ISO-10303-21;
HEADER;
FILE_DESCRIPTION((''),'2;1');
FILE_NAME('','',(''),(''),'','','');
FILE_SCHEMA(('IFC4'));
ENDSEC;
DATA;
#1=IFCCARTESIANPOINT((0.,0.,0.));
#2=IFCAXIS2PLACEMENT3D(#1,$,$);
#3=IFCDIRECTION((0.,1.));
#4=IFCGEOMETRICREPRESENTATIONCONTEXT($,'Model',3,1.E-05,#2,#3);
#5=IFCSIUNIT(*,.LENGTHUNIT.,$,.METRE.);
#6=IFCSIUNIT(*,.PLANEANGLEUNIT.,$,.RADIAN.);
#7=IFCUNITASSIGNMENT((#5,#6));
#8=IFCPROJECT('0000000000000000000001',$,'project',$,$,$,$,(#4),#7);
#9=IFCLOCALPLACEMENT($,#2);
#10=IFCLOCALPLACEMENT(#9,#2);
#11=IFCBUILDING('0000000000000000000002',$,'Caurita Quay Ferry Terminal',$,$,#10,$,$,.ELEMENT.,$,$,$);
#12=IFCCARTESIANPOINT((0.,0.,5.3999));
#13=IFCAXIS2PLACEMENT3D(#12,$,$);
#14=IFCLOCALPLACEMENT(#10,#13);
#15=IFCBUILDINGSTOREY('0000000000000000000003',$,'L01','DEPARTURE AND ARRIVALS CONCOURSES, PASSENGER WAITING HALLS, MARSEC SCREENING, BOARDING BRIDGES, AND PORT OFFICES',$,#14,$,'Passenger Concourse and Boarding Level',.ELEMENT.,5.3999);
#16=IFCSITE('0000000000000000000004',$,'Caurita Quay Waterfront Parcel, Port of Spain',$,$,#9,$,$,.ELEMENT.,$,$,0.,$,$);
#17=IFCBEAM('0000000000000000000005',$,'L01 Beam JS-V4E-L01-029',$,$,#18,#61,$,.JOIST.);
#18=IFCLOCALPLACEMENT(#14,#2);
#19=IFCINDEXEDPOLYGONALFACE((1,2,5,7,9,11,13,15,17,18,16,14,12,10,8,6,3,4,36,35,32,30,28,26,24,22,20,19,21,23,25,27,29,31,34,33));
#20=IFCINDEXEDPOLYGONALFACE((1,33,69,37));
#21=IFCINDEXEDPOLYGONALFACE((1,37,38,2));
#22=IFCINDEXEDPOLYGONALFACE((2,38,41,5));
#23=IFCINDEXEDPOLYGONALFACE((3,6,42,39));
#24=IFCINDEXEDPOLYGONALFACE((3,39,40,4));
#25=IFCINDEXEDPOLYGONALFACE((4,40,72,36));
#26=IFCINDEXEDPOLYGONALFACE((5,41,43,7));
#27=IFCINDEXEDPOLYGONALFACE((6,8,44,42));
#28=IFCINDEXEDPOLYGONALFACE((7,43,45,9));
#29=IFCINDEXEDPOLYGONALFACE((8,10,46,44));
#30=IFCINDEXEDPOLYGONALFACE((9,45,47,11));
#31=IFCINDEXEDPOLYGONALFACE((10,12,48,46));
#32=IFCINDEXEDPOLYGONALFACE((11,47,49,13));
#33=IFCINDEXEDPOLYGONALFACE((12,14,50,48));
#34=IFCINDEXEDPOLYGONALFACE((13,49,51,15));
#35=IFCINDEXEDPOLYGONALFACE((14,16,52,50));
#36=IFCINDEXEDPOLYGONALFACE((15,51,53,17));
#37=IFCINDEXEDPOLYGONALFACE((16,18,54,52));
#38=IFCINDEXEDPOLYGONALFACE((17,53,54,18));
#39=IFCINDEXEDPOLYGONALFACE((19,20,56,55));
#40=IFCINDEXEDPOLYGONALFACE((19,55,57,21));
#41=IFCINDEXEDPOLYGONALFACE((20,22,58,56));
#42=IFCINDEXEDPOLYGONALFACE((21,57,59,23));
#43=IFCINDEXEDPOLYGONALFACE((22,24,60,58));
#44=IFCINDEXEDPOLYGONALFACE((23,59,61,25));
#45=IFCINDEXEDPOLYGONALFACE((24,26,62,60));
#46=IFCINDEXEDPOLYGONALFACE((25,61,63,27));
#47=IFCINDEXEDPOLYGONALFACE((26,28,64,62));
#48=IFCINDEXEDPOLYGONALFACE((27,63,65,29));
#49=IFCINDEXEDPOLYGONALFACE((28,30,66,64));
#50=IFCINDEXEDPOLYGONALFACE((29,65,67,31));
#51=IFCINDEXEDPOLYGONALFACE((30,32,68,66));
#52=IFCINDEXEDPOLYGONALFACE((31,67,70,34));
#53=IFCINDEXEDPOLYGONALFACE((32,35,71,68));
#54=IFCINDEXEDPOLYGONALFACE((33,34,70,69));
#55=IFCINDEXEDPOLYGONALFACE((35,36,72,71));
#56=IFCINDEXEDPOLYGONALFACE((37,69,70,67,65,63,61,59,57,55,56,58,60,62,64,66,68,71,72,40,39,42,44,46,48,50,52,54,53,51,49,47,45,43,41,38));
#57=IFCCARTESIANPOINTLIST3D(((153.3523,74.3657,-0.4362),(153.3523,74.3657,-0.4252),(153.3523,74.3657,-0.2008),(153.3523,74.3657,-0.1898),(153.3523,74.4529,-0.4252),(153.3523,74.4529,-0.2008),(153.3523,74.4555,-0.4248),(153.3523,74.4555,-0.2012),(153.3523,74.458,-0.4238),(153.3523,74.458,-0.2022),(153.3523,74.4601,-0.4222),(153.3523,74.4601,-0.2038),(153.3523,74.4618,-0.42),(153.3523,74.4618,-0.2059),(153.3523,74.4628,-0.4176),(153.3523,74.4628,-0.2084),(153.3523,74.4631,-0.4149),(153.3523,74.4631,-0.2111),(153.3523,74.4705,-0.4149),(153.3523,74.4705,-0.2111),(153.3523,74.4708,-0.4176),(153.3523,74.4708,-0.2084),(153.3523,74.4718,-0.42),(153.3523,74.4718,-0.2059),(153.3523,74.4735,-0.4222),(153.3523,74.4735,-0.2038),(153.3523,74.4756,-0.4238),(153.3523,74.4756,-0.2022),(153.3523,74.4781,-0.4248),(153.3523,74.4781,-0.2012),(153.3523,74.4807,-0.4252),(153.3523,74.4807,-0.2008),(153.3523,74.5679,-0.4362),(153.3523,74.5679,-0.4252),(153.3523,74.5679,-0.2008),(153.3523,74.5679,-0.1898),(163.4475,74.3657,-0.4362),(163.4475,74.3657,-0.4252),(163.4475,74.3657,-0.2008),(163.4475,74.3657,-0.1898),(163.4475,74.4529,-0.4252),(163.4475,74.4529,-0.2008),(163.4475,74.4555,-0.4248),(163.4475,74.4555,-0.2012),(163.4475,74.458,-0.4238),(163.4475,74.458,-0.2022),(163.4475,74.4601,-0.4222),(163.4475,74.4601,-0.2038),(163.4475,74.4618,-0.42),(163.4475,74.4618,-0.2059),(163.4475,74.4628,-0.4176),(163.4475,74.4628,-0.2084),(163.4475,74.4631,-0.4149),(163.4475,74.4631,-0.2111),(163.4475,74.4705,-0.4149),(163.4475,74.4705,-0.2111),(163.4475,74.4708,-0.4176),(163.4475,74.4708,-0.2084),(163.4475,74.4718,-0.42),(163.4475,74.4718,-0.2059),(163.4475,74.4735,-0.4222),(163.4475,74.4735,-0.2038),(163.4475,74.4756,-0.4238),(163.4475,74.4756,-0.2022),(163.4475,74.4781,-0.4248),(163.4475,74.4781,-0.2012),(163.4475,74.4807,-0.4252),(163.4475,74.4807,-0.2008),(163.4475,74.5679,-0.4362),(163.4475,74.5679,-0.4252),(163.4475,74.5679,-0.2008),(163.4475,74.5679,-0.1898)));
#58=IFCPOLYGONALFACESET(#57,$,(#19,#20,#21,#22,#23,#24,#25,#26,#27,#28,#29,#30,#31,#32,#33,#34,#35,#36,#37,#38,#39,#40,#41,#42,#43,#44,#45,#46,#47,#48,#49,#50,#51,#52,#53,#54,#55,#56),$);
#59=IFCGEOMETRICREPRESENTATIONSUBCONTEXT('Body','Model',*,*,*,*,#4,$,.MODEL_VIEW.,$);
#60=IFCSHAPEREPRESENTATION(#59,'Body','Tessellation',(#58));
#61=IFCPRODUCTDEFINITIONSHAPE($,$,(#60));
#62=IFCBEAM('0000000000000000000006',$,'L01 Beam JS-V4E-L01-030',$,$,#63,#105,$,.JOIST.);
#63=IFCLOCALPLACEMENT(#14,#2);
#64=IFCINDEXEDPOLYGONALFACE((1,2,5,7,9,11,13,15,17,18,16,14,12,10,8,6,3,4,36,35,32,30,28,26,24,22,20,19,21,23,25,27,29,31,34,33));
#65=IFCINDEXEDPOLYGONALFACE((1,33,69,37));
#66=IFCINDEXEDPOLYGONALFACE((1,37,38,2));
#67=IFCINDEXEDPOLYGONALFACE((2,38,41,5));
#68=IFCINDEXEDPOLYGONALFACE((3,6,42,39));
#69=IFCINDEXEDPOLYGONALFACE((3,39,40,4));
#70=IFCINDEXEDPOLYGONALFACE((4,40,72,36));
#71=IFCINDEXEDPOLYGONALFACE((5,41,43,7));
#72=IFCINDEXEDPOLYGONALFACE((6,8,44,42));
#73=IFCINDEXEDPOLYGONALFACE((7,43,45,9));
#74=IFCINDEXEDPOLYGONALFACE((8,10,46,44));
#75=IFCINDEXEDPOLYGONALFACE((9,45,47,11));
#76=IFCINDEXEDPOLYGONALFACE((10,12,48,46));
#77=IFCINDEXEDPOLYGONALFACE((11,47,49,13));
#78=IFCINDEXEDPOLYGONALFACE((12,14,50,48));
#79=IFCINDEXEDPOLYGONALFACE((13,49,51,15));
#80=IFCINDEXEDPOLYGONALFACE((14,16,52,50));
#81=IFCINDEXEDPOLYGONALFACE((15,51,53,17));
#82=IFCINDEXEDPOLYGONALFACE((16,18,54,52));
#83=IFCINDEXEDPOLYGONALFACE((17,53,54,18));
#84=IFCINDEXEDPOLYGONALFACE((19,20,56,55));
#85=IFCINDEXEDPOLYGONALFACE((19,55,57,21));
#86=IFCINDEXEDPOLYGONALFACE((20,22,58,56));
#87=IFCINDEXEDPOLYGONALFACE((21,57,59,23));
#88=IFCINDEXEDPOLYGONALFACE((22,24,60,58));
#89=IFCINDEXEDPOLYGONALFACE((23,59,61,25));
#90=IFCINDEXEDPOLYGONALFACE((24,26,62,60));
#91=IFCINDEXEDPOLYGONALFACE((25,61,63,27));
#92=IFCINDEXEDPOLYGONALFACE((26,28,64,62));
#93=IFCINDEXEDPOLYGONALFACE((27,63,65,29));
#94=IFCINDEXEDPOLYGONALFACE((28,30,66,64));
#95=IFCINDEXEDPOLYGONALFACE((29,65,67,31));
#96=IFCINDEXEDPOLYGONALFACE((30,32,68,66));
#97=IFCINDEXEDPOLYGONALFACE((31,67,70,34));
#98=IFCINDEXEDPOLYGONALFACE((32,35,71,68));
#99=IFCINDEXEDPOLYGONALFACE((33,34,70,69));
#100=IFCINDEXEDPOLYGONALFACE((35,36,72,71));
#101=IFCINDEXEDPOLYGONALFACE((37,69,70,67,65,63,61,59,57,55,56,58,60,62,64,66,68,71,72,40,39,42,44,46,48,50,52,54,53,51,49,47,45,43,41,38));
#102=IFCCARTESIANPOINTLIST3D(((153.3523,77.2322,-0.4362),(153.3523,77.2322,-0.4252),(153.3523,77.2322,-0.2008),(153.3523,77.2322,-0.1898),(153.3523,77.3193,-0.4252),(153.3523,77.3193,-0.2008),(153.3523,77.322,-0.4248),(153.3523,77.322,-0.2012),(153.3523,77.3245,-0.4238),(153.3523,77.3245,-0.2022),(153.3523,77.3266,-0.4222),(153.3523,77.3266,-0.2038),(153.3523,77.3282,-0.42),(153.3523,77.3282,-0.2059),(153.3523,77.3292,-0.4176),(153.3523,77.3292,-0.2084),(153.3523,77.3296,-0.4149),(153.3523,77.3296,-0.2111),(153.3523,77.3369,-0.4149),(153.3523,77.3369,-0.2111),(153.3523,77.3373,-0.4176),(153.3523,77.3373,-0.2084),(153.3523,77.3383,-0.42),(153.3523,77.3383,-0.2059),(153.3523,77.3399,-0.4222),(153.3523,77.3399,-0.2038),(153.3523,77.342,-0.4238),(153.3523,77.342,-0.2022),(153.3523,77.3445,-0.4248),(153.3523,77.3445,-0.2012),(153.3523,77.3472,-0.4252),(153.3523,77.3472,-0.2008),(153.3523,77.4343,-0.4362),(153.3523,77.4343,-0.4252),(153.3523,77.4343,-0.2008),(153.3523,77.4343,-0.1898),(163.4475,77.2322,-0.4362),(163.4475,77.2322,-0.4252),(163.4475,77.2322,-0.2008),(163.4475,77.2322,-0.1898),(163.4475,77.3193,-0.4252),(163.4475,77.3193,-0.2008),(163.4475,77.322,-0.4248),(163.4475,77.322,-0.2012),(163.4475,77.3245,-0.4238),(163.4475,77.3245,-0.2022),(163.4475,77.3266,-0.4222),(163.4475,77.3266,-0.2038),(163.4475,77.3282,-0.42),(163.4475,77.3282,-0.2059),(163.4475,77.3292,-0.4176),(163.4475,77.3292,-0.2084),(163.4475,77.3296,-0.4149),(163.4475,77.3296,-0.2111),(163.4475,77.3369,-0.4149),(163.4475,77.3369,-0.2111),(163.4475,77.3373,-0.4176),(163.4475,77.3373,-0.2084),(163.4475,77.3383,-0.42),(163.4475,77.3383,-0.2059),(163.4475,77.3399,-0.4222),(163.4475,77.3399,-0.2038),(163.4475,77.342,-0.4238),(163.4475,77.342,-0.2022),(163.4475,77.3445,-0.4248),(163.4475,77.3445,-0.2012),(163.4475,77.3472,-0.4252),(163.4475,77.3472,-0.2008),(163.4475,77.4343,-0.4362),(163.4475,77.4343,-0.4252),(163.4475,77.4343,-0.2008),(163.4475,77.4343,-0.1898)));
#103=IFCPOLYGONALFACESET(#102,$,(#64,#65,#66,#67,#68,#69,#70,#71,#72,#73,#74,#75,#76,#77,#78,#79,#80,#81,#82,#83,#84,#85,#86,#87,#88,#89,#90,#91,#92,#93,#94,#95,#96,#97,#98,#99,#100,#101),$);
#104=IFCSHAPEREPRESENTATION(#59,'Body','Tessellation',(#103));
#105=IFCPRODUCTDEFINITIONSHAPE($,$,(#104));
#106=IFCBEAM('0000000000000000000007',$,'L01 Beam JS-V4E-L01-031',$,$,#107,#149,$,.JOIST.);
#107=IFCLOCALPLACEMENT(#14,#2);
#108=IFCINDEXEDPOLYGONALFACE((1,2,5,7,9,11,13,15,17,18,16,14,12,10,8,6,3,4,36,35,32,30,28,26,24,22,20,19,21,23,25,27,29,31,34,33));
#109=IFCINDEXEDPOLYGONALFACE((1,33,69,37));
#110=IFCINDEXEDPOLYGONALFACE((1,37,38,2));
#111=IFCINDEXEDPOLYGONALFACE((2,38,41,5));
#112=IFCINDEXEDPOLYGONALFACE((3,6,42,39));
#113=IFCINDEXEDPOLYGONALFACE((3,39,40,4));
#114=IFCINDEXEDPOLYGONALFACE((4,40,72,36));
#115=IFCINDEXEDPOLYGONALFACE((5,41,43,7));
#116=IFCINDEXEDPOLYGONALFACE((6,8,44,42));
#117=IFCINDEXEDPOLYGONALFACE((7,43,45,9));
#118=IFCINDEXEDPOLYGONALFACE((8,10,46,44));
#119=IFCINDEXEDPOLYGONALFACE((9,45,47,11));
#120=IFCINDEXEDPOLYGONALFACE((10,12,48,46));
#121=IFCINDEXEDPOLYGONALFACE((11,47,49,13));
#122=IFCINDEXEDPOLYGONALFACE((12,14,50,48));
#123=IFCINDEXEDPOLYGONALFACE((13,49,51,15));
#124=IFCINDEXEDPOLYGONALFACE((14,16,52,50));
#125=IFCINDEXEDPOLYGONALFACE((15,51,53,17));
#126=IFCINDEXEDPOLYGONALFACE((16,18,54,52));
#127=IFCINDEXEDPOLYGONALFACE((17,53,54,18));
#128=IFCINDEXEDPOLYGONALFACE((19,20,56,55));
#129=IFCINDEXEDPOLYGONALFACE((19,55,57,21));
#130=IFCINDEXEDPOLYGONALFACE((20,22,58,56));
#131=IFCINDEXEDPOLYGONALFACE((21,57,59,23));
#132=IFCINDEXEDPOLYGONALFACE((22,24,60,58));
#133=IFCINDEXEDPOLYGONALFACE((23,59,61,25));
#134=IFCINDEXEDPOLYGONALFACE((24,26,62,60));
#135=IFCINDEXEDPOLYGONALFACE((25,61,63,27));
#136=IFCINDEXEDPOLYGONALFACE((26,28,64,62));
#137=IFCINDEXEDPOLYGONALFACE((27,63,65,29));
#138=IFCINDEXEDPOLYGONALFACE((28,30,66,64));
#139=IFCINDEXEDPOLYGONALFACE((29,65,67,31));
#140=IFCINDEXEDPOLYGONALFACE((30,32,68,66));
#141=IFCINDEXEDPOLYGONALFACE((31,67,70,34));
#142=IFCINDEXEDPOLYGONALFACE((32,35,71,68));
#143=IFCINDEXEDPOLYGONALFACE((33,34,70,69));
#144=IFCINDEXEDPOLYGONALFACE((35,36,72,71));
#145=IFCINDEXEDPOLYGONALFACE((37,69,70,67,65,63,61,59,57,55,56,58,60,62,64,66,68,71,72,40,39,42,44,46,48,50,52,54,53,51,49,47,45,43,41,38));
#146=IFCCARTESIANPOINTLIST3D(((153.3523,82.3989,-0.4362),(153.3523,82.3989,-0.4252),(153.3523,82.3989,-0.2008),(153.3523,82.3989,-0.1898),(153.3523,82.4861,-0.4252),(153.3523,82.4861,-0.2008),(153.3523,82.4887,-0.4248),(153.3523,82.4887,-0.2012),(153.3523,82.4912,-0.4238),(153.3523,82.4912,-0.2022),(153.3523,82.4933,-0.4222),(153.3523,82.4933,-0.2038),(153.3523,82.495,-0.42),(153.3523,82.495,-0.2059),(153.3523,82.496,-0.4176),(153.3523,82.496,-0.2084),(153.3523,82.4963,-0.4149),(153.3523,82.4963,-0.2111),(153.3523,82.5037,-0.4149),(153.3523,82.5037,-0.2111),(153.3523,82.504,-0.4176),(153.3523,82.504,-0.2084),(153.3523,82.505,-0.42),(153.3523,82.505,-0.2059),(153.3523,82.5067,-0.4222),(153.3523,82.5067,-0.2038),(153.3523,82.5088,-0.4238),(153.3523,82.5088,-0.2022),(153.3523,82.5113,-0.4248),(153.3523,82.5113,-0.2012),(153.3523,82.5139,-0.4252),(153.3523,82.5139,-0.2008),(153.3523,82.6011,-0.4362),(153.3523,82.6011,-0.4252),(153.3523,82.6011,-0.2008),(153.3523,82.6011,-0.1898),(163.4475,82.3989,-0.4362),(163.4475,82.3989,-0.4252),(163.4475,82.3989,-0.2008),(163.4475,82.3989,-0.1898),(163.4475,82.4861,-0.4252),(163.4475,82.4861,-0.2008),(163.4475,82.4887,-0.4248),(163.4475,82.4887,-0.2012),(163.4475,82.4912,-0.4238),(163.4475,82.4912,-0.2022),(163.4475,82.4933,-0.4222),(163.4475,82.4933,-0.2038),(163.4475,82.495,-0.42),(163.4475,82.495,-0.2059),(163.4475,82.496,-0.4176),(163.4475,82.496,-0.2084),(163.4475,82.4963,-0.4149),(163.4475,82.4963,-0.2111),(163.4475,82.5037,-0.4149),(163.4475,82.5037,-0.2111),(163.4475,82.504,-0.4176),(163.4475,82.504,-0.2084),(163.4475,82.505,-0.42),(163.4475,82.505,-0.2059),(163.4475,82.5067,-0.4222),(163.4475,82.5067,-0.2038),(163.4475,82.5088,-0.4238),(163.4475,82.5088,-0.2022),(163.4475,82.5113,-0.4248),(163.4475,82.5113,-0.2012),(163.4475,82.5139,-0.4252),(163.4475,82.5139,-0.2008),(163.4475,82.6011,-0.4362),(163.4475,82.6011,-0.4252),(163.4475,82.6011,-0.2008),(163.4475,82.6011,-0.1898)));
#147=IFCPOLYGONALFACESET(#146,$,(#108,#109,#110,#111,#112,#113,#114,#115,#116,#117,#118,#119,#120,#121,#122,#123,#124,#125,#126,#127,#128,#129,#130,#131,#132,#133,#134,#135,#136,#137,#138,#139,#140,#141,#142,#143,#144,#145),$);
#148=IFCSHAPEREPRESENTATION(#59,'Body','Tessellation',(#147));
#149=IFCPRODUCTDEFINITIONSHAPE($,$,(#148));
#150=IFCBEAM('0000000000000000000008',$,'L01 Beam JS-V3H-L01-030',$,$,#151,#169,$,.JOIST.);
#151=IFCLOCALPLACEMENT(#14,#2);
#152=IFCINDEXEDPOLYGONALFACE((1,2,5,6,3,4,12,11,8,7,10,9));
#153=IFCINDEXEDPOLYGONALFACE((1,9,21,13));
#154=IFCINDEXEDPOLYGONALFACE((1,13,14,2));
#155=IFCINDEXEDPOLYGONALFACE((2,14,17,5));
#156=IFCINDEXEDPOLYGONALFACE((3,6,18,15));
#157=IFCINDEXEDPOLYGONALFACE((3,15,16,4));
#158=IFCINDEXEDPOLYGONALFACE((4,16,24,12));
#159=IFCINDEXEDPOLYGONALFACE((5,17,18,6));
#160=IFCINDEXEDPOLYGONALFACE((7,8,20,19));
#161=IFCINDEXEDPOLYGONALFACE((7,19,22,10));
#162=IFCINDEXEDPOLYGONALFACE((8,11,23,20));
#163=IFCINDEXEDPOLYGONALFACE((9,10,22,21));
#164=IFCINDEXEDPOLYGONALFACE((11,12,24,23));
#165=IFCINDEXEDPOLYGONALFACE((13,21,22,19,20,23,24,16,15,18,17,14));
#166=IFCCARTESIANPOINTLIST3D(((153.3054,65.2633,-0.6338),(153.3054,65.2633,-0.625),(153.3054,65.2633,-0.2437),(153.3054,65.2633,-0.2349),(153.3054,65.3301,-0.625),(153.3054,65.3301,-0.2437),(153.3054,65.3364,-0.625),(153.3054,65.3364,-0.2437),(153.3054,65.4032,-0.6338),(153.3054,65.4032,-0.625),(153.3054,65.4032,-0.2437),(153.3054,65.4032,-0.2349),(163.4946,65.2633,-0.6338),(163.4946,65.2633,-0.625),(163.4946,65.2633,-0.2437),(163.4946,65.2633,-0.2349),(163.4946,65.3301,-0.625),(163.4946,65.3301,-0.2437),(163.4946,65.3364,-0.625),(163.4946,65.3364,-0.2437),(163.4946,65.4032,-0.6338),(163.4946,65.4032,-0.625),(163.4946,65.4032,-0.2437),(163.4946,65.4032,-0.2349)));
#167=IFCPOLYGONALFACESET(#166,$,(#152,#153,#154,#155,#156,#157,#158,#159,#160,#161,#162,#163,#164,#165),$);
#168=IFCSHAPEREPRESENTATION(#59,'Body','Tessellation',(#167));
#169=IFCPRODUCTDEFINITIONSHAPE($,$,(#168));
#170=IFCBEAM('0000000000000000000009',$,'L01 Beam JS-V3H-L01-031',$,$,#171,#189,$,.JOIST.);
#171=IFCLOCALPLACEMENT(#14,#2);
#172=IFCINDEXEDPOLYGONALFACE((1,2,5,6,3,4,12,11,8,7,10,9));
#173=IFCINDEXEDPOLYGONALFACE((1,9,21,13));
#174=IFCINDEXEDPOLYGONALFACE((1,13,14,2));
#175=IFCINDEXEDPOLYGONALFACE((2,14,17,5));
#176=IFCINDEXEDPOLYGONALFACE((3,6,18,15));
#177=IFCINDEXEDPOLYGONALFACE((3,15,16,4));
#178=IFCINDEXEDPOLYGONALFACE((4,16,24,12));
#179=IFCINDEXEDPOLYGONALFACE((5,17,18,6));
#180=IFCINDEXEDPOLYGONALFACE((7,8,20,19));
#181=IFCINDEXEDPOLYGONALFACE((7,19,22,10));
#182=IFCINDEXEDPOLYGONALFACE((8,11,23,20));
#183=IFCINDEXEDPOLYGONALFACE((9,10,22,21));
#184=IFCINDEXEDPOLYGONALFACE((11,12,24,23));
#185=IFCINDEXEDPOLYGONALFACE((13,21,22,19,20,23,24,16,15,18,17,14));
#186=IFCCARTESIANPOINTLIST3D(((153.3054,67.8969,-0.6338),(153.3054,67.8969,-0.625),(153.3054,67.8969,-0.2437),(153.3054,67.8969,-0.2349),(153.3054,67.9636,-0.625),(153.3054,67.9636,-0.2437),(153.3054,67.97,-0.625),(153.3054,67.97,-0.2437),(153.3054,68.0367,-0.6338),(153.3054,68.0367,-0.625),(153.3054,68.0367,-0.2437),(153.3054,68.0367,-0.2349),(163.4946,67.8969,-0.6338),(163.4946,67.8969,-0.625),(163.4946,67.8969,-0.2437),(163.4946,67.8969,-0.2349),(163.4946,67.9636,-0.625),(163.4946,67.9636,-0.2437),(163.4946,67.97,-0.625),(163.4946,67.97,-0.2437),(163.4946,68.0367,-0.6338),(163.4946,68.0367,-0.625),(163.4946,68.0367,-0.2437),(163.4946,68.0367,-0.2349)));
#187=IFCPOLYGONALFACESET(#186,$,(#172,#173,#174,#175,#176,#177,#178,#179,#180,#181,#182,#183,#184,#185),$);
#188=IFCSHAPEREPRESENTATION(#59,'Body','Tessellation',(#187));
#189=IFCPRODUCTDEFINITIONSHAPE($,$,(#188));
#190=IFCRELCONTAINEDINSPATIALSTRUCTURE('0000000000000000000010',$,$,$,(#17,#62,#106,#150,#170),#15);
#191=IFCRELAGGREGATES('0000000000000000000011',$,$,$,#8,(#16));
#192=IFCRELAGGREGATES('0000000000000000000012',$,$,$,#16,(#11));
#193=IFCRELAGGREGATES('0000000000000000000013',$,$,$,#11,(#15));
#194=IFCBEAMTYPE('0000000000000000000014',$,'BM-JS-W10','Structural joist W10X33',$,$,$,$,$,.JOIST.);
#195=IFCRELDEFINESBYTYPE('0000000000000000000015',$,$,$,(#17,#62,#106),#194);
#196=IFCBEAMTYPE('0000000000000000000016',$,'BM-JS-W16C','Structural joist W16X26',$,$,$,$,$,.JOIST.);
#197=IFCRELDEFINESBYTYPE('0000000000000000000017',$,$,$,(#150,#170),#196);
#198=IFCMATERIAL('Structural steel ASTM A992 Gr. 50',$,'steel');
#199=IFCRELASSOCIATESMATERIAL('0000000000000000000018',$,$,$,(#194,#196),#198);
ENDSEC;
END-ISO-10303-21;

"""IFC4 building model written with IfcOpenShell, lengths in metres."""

from ifc_helpers import new_model, si_unit, direction, frame, origin, origin_2d, place, context, subcontext, project, spatial, i_section, extrude, material, material_profile, profile_set, type_object, element, save


model = new_model("IFC4")

# Units and contexts
model_context = context("Model", 3, precision=1e-05, world=origin(), true_north=direction((0.0, 1.0)))
body_context = subcontext(model_context, "Body", "Model", "MODEL_VIEW")
ifc_project = project(units=[si_unit("LENGTHUNIT", "METRE"), si_unit("PLANEANGLEUNIT", "RADIAN")], contexts=[model_context])

# Site, building, storey
site_placement = place(None, origin())
site = spatial("IfcSite", under=ifc_project, at=site_placement, Name="Caurita Quay Waterfront Parcel, Port of Spain", CompositionType="ELEMENT", RefElevation=0.0)
building_placement = place(site_placement, origin())
building = spatial("IfcBuilding", under=site, at=building_placement, Name="Caurita Quay Ferry Terminal", CompositionType="ELEMENT")
storey_placement = place(building_placement, frame((0.0, 0.0, 5.3999)))
storey = spatial("IfcBuildingStorey", under=building, at=storey_placement, Name="L01", Description="DEPARTURE AND ARRIVALS CONCOURSES, PASSENGER WAITING HALLS, MARSEC SCREENING, BOARDING BRIDGES, AND PORT OFFICES", LongName="Passenger Concourse and Boarding Level", CompositionType="ELEMENT", Elevation=5.3999)

# Shared definitions
ifc_material_1 = material(Name="Structural steel ASTM A992 Gr. 50", Category="steel")

# Beams
ifc_material_profile_1 = material_profile(ifc_material_1, i_section(OverallWidth=0.2021, OverallDepth=0.2463, WebThickness=0.0073, FlangeThickness=0.011, FilletRadius=0.0103, at=origin_2d()), Name="W10X33")
ifc_profile_set_1 = profile_set([ifc_material_profile_1], Name="Structural steel ASTM A992 Gr. 50")
beam_type_1 = type_object("IfcBeamType", Name="BM-JS-W10", Description="Structural joist W10X33", PredefinedType="JOIST", material=ifc_profile_set_1)
for number, where, z_axis, x_axis, name in (
    (1, (153.3523, 74.4668, -0.313), (1.0, 0.0, 0.0), (0.0, 1.0, 0.0), "L01 Beam JS-V4E-L01-029"),
    (2, (153.3523, 77.3333, -0.313), (1.0, 0.0, 0.0), (0.0, 1.0, 0.0), "L01 Beam JS-V4E-L01-030"),
    (3, (153.3523, 82.5, -0.313), (1.0, 0.0, 0.0), (0.0, 1.0, 0.0), "L01 Beam JS-V4E-L01-031"),
):
    element("IfcBeam", number, at=place(storey_placement, frame(where, z_axis=z_axis, x_axis=x_axis)), inside=storey, type_object=beam_type_1, Name=name, PredefinedType="JOIST", context=body_context, shape_type="SweptSolid", body=[
        extrude(i_section(OverallWidth=0.2021, OverallDepth=0.2463, WebThickness=0.0073, FlangeThickness=0.011, FilletRadius=0.0103, at=origin_2d()), origin(), (0.0, 0.0, 1.0), 10.0952),
    ])
ifc_material_profile_2 = material_profile(ifc_material_1, i_section(OverallWidth=0.1399, OverallDepth=0.3989, WebThickness=0.0063, FlangeThickness=0.0088, at=origin_2d()), Name="W16X26")
ifc_profile_set_2 = profile_set([ifc_material_profile_2], Name="Structural steel ASTM A992 Gr. 50")
beam_type_2 = type_object("IfcBeamType", Name="BM-JS-W16C", Description="Structural joist W16X26", PredefinedType="JOIST", material=ifc_profile_set_2)
for number, where, z_axis, x_axis, name in (
    (4, (153.3054, 65.3333, -0.4343), (1.0, 0.0, 0.0), (0.0, 1.0, 0.0), "L01 Beam JS-V3H-L01-030"),
    (5, (153.3054, 67.9668, -0.4343), (1.0, 0.0, 0.0), (0.0, 1.0, 0.0), "L01 Beam JS-V3H-L01-031"),
):
    element("IfcBeam", number, at=place(storey_placement, frame(where, z_axis=z_axis, x_axis=x_axis)), inside=storey, type_object=beam_type_2, Name=name, PredefinedType="JOIST", context=body_context, shape_type="SweptSolid", body=[
        extrude(i_section(OverallWidth=0.1399, OverallDepth=0.3989, WebThickness=0.0063, FlangeThickness=0.0088, at=origin_2d()), origin(), (0.0, 0.0, 1.0), 10.1892),
    ])

save(model, "model.ifc")
